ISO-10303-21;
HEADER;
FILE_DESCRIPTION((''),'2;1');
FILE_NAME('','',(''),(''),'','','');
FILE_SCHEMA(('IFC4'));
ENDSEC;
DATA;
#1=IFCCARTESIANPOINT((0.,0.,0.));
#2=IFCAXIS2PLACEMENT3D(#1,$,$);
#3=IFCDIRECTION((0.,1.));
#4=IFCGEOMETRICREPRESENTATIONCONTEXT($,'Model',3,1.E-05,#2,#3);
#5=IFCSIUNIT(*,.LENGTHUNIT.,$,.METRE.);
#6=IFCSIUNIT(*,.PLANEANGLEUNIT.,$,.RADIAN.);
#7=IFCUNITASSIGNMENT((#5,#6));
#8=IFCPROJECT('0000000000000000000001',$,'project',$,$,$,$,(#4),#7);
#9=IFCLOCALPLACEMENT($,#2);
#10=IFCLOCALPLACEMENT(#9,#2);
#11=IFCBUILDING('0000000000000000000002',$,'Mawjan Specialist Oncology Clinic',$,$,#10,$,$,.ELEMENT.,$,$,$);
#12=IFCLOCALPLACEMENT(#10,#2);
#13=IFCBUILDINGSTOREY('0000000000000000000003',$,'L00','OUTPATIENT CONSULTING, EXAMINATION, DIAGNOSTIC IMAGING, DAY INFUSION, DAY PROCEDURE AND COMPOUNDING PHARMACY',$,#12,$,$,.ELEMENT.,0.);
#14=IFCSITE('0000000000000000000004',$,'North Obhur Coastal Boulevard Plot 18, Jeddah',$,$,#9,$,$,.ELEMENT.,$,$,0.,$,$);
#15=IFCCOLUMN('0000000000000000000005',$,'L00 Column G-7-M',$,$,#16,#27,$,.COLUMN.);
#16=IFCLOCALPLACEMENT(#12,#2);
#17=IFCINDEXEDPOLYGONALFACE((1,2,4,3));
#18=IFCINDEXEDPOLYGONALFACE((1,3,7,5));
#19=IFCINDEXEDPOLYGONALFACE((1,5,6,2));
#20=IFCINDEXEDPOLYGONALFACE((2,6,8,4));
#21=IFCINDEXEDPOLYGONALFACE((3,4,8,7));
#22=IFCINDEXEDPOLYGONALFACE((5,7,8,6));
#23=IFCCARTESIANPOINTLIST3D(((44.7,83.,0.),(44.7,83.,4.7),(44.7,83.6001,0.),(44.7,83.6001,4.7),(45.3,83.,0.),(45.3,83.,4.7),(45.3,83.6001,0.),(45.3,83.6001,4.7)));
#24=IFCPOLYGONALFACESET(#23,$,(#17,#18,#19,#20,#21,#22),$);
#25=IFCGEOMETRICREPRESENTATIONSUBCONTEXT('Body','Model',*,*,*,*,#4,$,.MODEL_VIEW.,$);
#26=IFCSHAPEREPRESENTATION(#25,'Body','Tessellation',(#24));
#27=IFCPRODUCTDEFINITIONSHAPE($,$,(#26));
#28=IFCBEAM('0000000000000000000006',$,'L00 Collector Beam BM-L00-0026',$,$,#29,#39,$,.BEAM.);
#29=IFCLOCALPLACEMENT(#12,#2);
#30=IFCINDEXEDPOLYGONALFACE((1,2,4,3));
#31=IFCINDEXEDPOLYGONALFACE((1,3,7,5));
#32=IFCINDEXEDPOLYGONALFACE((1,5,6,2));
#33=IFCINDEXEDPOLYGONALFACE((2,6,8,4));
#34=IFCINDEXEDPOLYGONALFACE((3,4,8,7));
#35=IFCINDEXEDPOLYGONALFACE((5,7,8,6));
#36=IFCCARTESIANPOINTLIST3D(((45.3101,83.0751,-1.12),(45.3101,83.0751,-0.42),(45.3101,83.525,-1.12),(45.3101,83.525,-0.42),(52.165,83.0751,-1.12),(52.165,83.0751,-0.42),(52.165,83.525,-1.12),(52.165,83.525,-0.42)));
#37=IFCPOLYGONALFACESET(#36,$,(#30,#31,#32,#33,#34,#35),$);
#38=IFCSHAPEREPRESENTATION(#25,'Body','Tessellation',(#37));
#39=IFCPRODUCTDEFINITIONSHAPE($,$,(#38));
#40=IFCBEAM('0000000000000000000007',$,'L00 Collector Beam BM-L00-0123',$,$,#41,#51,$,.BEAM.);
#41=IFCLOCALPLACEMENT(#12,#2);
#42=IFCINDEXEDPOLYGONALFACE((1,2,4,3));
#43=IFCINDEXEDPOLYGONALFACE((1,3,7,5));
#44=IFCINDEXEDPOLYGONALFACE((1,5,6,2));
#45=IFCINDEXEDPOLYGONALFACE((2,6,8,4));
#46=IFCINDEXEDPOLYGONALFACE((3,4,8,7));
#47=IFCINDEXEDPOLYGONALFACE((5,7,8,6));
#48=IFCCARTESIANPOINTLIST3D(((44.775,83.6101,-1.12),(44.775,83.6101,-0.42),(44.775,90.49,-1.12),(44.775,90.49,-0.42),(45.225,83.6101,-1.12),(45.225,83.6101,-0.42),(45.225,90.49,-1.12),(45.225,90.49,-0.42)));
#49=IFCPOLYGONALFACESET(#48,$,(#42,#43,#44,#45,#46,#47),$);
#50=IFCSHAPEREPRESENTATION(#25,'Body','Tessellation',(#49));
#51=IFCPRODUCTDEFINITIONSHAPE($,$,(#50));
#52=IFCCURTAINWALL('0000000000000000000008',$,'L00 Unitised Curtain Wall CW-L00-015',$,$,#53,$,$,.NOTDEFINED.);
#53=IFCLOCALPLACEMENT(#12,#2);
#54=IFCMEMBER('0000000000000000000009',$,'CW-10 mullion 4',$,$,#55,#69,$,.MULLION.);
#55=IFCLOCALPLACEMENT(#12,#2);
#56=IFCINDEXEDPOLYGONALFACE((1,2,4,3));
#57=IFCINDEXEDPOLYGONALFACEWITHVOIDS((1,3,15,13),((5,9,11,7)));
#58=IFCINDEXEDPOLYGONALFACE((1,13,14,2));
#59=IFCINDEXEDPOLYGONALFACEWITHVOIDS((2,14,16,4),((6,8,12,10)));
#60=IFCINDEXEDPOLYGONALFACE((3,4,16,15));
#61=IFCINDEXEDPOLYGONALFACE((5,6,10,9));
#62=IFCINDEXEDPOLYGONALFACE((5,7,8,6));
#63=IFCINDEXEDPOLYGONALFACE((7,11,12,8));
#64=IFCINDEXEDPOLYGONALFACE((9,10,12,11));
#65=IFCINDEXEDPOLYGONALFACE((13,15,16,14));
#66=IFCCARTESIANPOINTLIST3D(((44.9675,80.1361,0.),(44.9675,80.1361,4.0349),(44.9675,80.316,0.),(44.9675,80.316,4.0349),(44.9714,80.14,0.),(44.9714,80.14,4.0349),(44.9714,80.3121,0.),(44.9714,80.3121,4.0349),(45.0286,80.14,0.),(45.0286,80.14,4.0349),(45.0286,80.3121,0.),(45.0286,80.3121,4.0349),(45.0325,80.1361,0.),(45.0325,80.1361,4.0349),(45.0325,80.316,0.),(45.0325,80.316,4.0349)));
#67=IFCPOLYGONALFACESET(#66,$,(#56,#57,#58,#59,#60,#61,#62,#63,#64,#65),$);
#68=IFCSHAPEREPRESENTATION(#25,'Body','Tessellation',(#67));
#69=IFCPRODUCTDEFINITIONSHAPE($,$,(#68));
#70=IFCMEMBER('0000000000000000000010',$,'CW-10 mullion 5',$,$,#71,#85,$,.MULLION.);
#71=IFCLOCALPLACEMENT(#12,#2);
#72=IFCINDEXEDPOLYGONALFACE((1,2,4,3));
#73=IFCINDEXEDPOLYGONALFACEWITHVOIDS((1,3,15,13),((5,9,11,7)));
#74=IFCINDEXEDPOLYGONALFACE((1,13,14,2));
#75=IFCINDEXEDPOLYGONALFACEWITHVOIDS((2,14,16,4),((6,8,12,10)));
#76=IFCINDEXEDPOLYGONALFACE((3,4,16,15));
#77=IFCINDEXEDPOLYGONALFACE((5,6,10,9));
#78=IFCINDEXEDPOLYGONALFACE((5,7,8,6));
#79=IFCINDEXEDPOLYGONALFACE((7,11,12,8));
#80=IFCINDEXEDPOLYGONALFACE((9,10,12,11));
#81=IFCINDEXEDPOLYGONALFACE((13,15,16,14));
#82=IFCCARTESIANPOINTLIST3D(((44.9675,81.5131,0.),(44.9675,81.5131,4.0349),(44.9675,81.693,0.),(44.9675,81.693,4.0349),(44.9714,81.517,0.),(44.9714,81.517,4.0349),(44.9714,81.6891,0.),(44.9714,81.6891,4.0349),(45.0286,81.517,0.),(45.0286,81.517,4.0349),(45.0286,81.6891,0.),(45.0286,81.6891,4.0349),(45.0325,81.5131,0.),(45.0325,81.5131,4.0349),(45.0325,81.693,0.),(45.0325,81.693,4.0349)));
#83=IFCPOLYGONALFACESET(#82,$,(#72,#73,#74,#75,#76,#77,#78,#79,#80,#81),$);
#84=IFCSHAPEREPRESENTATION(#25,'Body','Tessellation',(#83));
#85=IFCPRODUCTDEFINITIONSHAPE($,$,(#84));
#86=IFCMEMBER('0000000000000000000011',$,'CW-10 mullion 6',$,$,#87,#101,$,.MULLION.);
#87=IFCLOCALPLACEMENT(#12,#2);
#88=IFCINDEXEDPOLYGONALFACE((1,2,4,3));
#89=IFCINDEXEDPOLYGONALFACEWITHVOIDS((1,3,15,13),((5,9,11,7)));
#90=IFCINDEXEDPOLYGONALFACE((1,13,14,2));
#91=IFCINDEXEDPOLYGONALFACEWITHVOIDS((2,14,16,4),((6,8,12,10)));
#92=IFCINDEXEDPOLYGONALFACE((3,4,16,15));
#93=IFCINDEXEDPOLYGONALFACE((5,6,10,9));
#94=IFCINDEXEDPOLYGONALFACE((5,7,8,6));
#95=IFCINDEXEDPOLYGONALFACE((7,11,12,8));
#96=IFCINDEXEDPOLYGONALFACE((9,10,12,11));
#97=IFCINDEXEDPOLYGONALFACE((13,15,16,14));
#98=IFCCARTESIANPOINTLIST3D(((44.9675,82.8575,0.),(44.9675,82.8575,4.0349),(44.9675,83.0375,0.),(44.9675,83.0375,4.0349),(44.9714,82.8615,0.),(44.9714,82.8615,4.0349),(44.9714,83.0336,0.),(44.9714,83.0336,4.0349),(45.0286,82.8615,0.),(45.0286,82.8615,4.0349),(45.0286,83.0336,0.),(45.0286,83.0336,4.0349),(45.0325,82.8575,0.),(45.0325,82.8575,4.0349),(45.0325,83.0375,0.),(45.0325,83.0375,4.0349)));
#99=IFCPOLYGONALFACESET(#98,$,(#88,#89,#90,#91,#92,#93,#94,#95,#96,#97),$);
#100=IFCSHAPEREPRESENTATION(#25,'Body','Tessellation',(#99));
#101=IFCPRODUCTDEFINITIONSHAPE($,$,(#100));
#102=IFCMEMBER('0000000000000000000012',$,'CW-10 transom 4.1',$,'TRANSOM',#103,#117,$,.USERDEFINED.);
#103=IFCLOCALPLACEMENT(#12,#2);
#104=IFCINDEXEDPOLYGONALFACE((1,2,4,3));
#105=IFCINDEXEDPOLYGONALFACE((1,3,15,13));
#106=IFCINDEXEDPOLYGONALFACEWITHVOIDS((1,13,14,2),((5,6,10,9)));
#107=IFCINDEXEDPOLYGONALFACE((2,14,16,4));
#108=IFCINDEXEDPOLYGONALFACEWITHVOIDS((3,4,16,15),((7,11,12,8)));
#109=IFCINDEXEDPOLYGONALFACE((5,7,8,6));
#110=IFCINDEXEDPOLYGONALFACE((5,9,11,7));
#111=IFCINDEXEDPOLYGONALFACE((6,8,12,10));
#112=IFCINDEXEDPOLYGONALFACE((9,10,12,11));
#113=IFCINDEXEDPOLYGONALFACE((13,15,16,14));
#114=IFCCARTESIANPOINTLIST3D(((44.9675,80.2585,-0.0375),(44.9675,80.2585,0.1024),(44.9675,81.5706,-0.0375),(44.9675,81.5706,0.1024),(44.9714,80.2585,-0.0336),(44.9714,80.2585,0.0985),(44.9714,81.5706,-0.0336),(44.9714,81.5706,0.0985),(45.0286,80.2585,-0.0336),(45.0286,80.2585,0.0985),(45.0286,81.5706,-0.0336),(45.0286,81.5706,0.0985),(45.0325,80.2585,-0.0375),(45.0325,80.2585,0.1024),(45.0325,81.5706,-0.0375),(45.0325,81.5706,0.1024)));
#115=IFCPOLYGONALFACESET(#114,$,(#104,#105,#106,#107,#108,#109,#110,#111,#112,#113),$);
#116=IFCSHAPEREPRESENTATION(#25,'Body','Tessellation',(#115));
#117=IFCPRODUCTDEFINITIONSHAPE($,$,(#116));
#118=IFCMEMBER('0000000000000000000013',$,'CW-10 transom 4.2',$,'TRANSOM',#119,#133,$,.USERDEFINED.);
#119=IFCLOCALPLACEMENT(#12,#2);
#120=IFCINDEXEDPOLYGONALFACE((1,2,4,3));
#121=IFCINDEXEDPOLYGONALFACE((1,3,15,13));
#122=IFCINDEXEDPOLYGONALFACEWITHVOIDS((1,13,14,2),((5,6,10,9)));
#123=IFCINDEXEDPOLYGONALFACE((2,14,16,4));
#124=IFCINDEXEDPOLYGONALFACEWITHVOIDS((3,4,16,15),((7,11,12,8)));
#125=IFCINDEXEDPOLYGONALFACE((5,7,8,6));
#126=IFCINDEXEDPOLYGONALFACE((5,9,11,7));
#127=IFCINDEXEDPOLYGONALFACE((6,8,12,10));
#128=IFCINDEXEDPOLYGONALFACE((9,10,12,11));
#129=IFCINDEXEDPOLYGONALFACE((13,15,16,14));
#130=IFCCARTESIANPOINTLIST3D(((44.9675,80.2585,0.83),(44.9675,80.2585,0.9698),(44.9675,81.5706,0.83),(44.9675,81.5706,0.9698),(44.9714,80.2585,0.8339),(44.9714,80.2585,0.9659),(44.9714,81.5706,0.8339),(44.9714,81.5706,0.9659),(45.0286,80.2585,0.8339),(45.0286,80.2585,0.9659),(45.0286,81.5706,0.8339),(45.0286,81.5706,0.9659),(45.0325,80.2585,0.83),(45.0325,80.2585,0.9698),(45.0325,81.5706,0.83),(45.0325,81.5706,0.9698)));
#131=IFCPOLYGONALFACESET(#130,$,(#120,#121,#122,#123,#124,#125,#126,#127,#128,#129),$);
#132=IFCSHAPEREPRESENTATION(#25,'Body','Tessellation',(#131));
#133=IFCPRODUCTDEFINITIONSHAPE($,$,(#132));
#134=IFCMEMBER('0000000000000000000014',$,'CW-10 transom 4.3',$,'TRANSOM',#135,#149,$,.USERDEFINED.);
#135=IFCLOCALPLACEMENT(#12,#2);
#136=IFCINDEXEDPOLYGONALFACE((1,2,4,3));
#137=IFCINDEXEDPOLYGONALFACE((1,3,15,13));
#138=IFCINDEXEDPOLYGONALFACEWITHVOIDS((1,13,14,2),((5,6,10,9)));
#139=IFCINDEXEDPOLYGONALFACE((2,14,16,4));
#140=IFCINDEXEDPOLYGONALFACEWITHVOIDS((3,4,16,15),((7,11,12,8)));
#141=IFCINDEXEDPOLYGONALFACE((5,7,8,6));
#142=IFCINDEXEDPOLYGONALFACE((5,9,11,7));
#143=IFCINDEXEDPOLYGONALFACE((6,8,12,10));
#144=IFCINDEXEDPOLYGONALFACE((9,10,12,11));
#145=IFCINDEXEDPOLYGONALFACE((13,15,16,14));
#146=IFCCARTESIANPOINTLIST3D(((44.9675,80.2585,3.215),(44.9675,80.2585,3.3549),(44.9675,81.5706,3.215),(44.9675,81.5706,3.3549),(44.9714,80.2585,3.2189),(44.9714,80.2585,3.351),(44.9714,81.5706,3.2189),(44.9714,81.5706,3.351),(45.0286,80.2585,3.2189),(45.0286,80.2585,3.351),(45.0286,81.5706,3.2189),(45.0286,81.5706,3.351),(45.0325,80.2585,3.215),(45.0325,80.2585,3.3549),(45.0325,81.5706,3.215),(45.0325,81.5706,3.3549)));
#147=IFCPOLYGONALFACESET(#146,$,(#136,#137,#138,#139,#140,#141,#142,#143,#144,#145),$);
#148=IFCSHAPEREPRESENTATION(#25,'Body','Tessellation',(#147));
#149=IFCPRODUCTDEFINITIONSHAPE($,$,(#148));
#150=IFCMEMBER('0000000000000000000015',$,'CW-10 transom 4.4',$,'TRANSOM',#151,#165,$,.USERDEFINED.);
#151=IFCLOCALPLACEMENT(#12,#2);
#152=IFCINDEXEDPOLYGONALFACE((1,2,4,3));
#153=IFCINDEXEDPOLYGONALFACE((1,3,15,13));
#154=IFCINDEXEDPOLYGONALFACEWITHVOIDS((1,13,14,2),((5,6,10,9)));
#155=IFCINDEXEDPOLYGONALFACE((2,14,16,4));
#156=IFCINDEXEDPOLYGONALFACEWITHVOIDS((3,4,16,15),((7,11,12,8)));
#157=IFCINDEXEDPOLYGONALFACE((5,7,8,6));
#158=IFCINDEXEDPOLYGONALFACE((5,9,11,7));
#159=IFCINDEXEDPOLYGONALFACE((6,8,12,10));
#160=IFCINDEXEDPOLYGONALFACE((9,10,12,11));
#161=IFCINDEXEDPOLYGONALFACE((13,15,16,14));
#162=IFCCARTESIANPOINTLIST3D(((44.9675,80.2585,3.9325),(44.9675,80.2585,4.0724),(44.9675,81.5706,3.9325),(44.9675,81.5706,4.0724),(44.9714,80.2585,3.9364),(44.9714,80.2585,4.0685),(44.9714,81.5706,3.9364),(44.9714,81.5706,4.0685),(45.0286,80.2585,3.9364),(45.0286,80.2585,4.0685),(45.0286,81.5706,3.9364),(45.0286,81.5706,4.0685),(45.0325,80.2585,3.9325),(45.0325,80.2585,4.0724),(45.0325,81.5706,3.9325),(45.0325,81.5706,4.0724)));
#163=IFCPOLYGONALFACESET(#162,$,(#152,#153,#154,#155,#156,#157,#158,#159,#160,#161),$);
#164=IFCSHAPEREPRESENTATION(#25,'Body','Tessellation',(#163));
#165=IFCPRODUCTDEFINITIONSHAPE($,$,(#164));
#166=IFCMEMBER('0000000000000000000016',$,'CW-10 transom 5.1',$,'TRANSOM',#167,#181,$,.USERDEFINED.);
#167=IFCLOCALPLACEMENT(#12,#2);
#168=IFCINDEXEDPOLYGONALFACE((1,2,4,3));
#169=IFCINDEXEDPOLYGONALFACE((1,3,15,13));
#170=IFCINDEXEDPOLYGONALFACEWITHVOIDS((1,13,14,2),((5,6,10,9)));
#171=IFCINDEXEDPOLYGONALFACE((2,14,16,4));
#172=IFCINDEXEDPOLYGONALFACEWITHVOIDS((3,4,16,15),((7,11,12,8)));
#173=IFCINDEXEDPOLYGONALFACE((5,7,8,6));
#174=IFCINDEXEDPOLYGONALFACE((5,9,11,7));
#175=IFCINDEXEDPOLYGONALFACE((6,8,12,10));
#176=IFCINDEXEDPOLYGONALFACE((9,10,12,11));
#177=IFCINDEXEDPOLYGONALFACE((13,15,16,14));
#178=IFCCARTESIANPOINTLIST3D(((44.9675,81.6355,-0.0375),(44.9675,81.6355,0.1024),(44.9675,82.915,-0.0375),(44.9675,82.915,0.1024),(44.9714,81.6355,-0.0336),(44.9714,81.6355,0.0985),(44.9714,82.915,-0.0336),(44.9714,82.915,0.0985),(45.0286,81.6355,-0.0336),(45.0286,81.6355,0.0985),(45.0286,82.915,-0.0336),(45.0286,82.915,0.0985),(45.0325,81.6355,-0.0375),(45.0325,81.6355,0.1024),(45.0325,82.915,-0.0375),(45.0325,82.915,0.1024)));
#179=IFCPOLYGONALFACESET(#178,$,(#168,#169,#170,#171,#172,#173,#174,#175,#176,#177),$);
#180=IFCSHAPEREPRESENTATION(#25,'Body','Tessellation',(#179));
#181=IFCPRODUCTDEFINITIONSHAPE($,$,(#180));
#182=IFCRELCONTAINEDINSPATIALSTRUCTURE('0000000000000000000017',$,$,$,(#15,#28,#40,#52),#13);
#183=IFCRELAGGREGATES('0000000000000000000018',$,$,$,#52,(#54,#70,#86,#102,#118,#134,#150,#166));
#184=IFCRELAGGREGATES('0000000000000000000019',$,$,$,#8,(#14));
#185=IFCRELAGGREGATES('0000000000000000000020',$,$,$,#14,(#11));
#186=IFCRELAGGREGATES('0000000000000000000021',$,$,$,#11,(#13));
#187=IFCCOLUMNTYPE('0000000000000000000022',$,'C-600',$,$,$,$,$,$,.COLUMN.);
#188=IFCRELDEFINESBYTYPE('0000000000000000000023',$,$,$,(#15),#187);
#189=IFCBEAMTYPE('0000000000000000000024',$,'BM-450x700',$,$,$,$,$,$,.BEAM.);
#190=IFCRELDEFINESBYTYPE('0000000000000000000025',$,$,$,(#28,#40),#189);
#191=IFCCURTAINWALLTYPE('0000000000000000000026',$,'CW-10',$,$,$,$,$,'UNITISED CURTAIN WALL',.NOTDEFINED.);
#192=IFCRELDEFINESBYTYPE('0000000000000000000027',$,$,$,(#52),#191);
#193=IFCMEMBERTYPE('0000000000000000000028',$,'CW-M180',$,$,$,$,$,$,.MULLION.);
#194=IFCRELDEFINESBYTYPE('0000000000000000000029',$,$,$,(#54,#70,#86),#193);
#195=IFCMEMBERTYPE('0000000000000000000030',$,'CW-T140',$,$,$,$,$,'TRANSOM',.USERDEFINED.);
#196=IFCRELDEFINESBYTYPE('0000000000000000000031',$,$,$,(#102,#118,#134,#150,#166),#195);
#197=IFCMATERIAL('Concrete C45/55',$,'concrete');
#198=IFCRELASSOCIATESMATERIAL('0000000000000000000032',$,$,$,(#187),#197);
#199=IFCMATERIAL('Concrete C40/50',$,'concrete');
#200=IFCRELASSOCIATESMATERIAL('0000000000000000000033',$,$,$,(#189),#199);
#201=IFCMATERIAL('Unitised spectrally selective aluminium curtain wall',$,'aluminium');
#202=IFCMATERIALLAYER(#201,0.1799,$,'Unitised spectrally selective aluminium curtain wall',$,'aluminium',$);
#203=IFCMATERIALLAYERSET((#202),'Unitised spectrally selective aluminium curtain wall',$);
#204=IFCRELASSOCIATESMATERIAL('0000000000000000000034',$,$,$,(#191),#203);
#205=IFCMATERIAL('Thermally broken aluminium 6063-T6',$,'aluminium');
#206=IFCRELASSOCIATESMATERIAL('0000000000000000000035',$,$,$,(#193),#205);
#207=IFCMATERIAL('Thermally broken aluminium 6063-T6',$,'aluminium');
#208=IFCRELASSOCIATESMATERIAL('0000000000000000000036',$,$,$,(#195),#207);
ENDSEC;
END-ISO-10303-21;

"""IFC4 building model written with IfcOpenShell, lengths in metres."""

from ifc_helpers import new_model, si_unit, direction, frame, origin, origin_2d, place, context, subcontext, project, spatial, rectangle, hollow_rectangle, extrude, material, layer, layer_set, material_profile, profile_set, type_object, element, aggregate, save


model = new_model("IFC4")

# Units and contexts
model_context = context("Model", 3, precision=1e-05, world=origin(), true_north=direction((0.0, 1.0)))
body_context = subcontext(model_context, "Body", "Model", "MODEL_VIEW")
ifc_project = project(units=[si_unit("LENGTHUNIT", "METRE"), si_unit("PLANEANGLEUNIT", "RADIAN")], contexts=[model_context])

# Site, building, storey
site_placement = place(None, origin())
site = spatial("IfcSite", under=ifc_project, at=site_placement, Name="North Obhur Coastal Boulevard Plot 18, Jeddah", CompositionType="ELEMENT", RefElevation=0.0)
building_placement = place(site_placement, origin())
building = spatial("IfcBuilding", under=site, at=building_placement, Name="Mawjan Specialist Oncology Clinic", CompositionType="ELEMENT")
storey_placement = place(building_placement, origin())
storey = spatial("IfcBuildingStorey", under=building, at=storey_placement, Name="L00", Description="OUTPATIENT CONSULTING, EXAMINATION, DIAGNOSTIC IMAGING, DAY INFUSION, DAY PROCEDURE AND COMPOUNDING PHARMACY", CompositionType="ELEMENT", Elevation=0.0)

# Column
ifc_material_1 = material(Name="Concrete C45/55", Category="concrete")
ifc_material_profile_1 = material_profile(ifc_material_1, rectangle(XDim=0.6001, YDim=0.6001, at=origin_2d()), Name="RC COL 600x600", Category="concrete")
ifc_profile_set_1 = profile_set([ifc_material_profile_1], Name="Concrete C45/55")
column_type = type_object("IfcColumnType", Name="C-600", PredefinedType="COLUMN", material=ifc_profile_set_1)
column_placement = place(storey_placement, frame((45.0, 83.3, 0.0), z_axis=(0.0, 0.0, 1.0), x_axis=(1.0, 0.0, 0.0)))
element("IfcColumn", 1, at=column_placement, inside=storey, type_object=column_type, Name="L00 Column G-7-M", PredefinedType="COLUMN", context=body_context, shape_type="SweptSolid", body=[
    extrude(rectangle(XDim=0.6001, YDim=0.6001, at=origin_2d()), origin(), (0.0, 0.0, 1.0), 4.7),
])

# Beams
ifc_material_2 = material(Name="Concrete C40/50", Category="concrete")
ifc_material_profile_2 = material_profile(ifc_material_2, rectangle(XDim=0.45, YDim=0.7, at=origin_2d()), Name="RC BM 450x700", Category="concrete")
ifc_profile_set_2 = profile_set([ifc_material_profile_2], Name="Concrete C40/50")
beam_type = type_object("IfcBeamType", Name="BM-450x700", PredefinedType="BEAM", material=ifc_profile_set_2)
beam_1_placement = place(storey_placement, frame((45.3101, 83.3, -0.77), z_axis=(1.0, 0.0, 0.0), x_axis=(0.0, 1.0, 0.0)))
element("IfcBeam", 2, at=beam_1_placement, inside=storey, type_object=beam_type, Name="L00 Collector Beam BM-L00-0026", PredefinedType="BEAM", context=body_context, shape_type="SweptSolid", body=[
    extrude(rectangle(XDim=0.45, YDim=0.7, at=origin_2d()), origin(), (0.0, 0.0, 1.0), 6.855),
])
beam_2_placement = place(storey_placement, frame((45.0, 83.6101, -0.77), z_axis=(0.0, 1.0, 0.0), x_axis=(-1.0, 0.0, 0.0)))
element("IfcBeam", 3, at=beam_2_placement, inside=storey, type_object=beam_type, Name="L00 Collector Beam BM-L00-0123", PredefinedType="BEAM", context=body_context, shape_type="SweptSolid", body=[
    extrude(rectangle(XDim=0.45, YDim=0.7, at=origin_2d()), origin(), (0.0, 0.0, 1.0), 6.8799),
])

# Curtain wall, members
ifc_material_3 = material(Name="Unitised spectrally selective aluminium curtain wall", Category="aluminium")
ifc_layer_1 = layer(ifc_material_3, 0.1799, Name="Unitised spectrally selective aluminium curtain wall", Category="aluminium")
ifc_layer_set_1 = layer_set([ifc_layer_1], Name="Unitised spectrally selective aluminium curtain wall")
curtain_wall_type = type_object("IfcCurtainWallType", Name="CW-10", ElementType="UNITISED CURTAIN WALL", PredefinedType="NOTDEFINED", material=ifc_layer_set_1)
curtain_wall_placement = place(storey_placement, origin())
curtain_wall = element("IfcCurtainWall", 4, at=curtain_wall_placement, inside=storey, type_object=curtain_wall_type, Name="L00 Unitised Curtain Wall CW-L00-015", PredefinedType="NOTDEFINED")
ifc_material_4 = material(Name="Thermally broken aluminium 6063-T6", Category="aluminium")
ifc_material_profile_3 = material_profile(ifc_material_4, hollow_rectangle(XDim=0.0649, YDim=0.1799, WallThickness=0.0039, at=origin_2d()), Name="ALU MULLION 180x65x4", Category="aluminium")
ifc_profile_set_3 = profile_set([ifc_material_profile_3], Name="Thermally broken aluminium 6063-T6")
member_type_1 = type_object("IfcMemberType", Name="CW-M180", PredefinedType="MULLION", material=ifc_profile_set_3)
member_1_placement = place(storey_placement, frame((45.0, 80.2261, 0.0), z_axis=(0.0, 0.0, 1.0), x_axis=(-1.0, 0.0, 0.0)))
member_1 = element("IfcMember", 5, at=member_1_placement, type_object=member_type_1, Name="CW-10 mullion 4", PredefinedType="MULLION", context=body_context, shape_type="SweptSolid", body=[
    extrude(hollow_rectangle(XDim=0.0649, YDim=0.1799, WallThickness=0.0039, at=origin_2d()), origin(), (0.0, 0.0, 1.0), 4.0349),
])
member_2_placement = place(storey_placement, frame((45.0, 81.603, 0.0), z_axis=(0.0, 0.0, 1.0), x_axis=(-1.0, 0.0, 0.0)))
member_2 = element("IfcMember", 6, at=member_2_placement, type_object=member_type_1, Name="CW-10 mullion 5", PredefinedType="MULLION", context=body_context, shape_type="SweptSolid", body=[
    extrude(hollow_rectangle(XDim=0.0649, YDim=0.1799, WallThickness=0.0039, at=origin_2d()), origin(), (0.0, 0.0, 1.0), 4.0349),
])
member_3_placement = place(storey_placement, frame((45.0, 82.9475, 0.0), z_axis=(0.0, 0.0, 1.0), x_axis=(-1.0, 0.0, 0.0)))
member_3 = element("IfcMember", 7, at=member_3_placement, type_object=member_type_1, Name="CW-10 mullion 6", PredefinedType="MULLION", context=body_context, shape_type="SweptSolid", body=[
    extrude(hollow_rectangle(XDim=0.0649, YDim=0.1799, WallThickness=0.0039, at=origin_2d()), origin(), (0.0, 0.0, 1.0), 4.0349),
])
ifc_material_5 = material(Name="Thermally broken aluminium 6063-T6", Category="aluminium")
ifc_material_profile_4 = material_profile(ifc_material_5, hollow_rectangle(XDim=0.0649, YDim=0.1399, WallThickness=0.0039, at=origin_2d()), Name="ALU TRANSOM 140x65x4", Category="aluminium")
ifc_profile_set_4 = profile_set([ifc_material_profile_4], Name="Thermally broken aluminium 6063-T6")
member_type_2 = type_object("IfcMemberType", Name="CW-T140", ElementType="TRANSOM", PredefinedType="USERDEFINED", material=ifc_profile_set_4)
member_4_placement = place(storey_placement, frame((45.0, 80.2585, 0.0325), z_axis=(0.0, 1.0, 0.0), x_axis=(-1.0, 0.0, 0.0)))
member_4 = element("IfcMember", 8, at=member_4_placement, type_object=member_type_2, Name="CW-10 transom 4.1", ObjectType="TRANSOM", PredefinedType="USERDEFINED", context=body_context, shape_type="SweptSolid", body=[
    extrude(hollow_rectangle(XDim=0.0649, YDim=0.1399, WallThickness=0.0039, at=origin_2d()), origin(), (0.0, 0.0, 1.0), 1.312),
])
member_5_placement = place(storey_placement, frame((45.0, 80.2585, 0.8999), z_axis=(0.0, 1.0, 0.0), x_axis=(-1.0, 0.0, 0.0)))
member_5 = element("IfcMember", 9, at=member_5_placement, type_object=member_type_2, Name="CW-10 transom 4.2", ObjectType="TRANSOM", PredefinedType="USERDEFINED", context=body_context, shape_type="SweptSolid", body=[
    extrude(hollow_rectangle(XDim=0.0649, YDim=0.1399, WallThickness=0.0039, at=origin_2d()), origin(), (0.0, 0.0, 1.0), 1.312),
])
member_6_placement = place(storey_placement, frame((45.0, 80.2585, 3.2849), z_axis=(0.0, 1.0, 0.0), x_axis=(-1.0, 0.0, 0.0)))
member_6 = element("IfcMember", 10, at=member_6_placement, type_object=member_type_2, Name="CW-10 transom 4.3", ObjectType="TRANSOM", PredefinedType="USERDEFINED", context=body_context, shape_type="SweptSolid", body=[
    extrude(hollow_rectangle(XDim=0.0649, YDim=0.1399, WallThickness=0.0039, at=origin_2d()), origin(), (0.0, 0.0, 1.0), 1.312),
])
member_7_placement = place(storey_placement, frame((45.0, 80.2585, 4.0024), z_axis=(0.0, 1.0, 0.0), x_axis=(-1.0, 0.0, 0.0)))
member_7 = element("IfcMember", 11, at=member_7_placement, type_object=member_type_2, Name="CW-10 transom 4.4", ObjectType="TRANSOM", PredefinedType="USERDEFINED", context=body_context, shape_type="SweptSolid", body=[
    extrude(hollow_rectangle(XDim=0.0649, YDim=0.1399, WallThickness=0.0039, at=origin_2d()), origin(), (0.0, 0.0, 1.0), 1.312),
])
member_8_placement = place(storey_placement, frame((45.0, 81.6355, 0.0325), z_axis=(0.0, 1.0, 0.0), x_axis=(-1.0, 0.0, 0.0)))
member_8 = element("IfcMember", 12, at=member_8_placement, type_object=member_type_2, Name="CW-10 transom 5.1", ObjectType="TRANSOM", PredefinedType="USERDEFINED", context=body_context, shape_type="SweptSolid", body=[
    extrude(hollow_rectangle(XDim=0.0649, YDim=0.1399, WallThickness=0.0039, at=origin_2d()), origin(), (0.0, 0.0, 1.0), 1.2795),
])
aggregate(curtain_wall, [member_1, member_2, member_3, member_4, member_5, member_6, member_7, member_8])

save(model, "model.ifc")
